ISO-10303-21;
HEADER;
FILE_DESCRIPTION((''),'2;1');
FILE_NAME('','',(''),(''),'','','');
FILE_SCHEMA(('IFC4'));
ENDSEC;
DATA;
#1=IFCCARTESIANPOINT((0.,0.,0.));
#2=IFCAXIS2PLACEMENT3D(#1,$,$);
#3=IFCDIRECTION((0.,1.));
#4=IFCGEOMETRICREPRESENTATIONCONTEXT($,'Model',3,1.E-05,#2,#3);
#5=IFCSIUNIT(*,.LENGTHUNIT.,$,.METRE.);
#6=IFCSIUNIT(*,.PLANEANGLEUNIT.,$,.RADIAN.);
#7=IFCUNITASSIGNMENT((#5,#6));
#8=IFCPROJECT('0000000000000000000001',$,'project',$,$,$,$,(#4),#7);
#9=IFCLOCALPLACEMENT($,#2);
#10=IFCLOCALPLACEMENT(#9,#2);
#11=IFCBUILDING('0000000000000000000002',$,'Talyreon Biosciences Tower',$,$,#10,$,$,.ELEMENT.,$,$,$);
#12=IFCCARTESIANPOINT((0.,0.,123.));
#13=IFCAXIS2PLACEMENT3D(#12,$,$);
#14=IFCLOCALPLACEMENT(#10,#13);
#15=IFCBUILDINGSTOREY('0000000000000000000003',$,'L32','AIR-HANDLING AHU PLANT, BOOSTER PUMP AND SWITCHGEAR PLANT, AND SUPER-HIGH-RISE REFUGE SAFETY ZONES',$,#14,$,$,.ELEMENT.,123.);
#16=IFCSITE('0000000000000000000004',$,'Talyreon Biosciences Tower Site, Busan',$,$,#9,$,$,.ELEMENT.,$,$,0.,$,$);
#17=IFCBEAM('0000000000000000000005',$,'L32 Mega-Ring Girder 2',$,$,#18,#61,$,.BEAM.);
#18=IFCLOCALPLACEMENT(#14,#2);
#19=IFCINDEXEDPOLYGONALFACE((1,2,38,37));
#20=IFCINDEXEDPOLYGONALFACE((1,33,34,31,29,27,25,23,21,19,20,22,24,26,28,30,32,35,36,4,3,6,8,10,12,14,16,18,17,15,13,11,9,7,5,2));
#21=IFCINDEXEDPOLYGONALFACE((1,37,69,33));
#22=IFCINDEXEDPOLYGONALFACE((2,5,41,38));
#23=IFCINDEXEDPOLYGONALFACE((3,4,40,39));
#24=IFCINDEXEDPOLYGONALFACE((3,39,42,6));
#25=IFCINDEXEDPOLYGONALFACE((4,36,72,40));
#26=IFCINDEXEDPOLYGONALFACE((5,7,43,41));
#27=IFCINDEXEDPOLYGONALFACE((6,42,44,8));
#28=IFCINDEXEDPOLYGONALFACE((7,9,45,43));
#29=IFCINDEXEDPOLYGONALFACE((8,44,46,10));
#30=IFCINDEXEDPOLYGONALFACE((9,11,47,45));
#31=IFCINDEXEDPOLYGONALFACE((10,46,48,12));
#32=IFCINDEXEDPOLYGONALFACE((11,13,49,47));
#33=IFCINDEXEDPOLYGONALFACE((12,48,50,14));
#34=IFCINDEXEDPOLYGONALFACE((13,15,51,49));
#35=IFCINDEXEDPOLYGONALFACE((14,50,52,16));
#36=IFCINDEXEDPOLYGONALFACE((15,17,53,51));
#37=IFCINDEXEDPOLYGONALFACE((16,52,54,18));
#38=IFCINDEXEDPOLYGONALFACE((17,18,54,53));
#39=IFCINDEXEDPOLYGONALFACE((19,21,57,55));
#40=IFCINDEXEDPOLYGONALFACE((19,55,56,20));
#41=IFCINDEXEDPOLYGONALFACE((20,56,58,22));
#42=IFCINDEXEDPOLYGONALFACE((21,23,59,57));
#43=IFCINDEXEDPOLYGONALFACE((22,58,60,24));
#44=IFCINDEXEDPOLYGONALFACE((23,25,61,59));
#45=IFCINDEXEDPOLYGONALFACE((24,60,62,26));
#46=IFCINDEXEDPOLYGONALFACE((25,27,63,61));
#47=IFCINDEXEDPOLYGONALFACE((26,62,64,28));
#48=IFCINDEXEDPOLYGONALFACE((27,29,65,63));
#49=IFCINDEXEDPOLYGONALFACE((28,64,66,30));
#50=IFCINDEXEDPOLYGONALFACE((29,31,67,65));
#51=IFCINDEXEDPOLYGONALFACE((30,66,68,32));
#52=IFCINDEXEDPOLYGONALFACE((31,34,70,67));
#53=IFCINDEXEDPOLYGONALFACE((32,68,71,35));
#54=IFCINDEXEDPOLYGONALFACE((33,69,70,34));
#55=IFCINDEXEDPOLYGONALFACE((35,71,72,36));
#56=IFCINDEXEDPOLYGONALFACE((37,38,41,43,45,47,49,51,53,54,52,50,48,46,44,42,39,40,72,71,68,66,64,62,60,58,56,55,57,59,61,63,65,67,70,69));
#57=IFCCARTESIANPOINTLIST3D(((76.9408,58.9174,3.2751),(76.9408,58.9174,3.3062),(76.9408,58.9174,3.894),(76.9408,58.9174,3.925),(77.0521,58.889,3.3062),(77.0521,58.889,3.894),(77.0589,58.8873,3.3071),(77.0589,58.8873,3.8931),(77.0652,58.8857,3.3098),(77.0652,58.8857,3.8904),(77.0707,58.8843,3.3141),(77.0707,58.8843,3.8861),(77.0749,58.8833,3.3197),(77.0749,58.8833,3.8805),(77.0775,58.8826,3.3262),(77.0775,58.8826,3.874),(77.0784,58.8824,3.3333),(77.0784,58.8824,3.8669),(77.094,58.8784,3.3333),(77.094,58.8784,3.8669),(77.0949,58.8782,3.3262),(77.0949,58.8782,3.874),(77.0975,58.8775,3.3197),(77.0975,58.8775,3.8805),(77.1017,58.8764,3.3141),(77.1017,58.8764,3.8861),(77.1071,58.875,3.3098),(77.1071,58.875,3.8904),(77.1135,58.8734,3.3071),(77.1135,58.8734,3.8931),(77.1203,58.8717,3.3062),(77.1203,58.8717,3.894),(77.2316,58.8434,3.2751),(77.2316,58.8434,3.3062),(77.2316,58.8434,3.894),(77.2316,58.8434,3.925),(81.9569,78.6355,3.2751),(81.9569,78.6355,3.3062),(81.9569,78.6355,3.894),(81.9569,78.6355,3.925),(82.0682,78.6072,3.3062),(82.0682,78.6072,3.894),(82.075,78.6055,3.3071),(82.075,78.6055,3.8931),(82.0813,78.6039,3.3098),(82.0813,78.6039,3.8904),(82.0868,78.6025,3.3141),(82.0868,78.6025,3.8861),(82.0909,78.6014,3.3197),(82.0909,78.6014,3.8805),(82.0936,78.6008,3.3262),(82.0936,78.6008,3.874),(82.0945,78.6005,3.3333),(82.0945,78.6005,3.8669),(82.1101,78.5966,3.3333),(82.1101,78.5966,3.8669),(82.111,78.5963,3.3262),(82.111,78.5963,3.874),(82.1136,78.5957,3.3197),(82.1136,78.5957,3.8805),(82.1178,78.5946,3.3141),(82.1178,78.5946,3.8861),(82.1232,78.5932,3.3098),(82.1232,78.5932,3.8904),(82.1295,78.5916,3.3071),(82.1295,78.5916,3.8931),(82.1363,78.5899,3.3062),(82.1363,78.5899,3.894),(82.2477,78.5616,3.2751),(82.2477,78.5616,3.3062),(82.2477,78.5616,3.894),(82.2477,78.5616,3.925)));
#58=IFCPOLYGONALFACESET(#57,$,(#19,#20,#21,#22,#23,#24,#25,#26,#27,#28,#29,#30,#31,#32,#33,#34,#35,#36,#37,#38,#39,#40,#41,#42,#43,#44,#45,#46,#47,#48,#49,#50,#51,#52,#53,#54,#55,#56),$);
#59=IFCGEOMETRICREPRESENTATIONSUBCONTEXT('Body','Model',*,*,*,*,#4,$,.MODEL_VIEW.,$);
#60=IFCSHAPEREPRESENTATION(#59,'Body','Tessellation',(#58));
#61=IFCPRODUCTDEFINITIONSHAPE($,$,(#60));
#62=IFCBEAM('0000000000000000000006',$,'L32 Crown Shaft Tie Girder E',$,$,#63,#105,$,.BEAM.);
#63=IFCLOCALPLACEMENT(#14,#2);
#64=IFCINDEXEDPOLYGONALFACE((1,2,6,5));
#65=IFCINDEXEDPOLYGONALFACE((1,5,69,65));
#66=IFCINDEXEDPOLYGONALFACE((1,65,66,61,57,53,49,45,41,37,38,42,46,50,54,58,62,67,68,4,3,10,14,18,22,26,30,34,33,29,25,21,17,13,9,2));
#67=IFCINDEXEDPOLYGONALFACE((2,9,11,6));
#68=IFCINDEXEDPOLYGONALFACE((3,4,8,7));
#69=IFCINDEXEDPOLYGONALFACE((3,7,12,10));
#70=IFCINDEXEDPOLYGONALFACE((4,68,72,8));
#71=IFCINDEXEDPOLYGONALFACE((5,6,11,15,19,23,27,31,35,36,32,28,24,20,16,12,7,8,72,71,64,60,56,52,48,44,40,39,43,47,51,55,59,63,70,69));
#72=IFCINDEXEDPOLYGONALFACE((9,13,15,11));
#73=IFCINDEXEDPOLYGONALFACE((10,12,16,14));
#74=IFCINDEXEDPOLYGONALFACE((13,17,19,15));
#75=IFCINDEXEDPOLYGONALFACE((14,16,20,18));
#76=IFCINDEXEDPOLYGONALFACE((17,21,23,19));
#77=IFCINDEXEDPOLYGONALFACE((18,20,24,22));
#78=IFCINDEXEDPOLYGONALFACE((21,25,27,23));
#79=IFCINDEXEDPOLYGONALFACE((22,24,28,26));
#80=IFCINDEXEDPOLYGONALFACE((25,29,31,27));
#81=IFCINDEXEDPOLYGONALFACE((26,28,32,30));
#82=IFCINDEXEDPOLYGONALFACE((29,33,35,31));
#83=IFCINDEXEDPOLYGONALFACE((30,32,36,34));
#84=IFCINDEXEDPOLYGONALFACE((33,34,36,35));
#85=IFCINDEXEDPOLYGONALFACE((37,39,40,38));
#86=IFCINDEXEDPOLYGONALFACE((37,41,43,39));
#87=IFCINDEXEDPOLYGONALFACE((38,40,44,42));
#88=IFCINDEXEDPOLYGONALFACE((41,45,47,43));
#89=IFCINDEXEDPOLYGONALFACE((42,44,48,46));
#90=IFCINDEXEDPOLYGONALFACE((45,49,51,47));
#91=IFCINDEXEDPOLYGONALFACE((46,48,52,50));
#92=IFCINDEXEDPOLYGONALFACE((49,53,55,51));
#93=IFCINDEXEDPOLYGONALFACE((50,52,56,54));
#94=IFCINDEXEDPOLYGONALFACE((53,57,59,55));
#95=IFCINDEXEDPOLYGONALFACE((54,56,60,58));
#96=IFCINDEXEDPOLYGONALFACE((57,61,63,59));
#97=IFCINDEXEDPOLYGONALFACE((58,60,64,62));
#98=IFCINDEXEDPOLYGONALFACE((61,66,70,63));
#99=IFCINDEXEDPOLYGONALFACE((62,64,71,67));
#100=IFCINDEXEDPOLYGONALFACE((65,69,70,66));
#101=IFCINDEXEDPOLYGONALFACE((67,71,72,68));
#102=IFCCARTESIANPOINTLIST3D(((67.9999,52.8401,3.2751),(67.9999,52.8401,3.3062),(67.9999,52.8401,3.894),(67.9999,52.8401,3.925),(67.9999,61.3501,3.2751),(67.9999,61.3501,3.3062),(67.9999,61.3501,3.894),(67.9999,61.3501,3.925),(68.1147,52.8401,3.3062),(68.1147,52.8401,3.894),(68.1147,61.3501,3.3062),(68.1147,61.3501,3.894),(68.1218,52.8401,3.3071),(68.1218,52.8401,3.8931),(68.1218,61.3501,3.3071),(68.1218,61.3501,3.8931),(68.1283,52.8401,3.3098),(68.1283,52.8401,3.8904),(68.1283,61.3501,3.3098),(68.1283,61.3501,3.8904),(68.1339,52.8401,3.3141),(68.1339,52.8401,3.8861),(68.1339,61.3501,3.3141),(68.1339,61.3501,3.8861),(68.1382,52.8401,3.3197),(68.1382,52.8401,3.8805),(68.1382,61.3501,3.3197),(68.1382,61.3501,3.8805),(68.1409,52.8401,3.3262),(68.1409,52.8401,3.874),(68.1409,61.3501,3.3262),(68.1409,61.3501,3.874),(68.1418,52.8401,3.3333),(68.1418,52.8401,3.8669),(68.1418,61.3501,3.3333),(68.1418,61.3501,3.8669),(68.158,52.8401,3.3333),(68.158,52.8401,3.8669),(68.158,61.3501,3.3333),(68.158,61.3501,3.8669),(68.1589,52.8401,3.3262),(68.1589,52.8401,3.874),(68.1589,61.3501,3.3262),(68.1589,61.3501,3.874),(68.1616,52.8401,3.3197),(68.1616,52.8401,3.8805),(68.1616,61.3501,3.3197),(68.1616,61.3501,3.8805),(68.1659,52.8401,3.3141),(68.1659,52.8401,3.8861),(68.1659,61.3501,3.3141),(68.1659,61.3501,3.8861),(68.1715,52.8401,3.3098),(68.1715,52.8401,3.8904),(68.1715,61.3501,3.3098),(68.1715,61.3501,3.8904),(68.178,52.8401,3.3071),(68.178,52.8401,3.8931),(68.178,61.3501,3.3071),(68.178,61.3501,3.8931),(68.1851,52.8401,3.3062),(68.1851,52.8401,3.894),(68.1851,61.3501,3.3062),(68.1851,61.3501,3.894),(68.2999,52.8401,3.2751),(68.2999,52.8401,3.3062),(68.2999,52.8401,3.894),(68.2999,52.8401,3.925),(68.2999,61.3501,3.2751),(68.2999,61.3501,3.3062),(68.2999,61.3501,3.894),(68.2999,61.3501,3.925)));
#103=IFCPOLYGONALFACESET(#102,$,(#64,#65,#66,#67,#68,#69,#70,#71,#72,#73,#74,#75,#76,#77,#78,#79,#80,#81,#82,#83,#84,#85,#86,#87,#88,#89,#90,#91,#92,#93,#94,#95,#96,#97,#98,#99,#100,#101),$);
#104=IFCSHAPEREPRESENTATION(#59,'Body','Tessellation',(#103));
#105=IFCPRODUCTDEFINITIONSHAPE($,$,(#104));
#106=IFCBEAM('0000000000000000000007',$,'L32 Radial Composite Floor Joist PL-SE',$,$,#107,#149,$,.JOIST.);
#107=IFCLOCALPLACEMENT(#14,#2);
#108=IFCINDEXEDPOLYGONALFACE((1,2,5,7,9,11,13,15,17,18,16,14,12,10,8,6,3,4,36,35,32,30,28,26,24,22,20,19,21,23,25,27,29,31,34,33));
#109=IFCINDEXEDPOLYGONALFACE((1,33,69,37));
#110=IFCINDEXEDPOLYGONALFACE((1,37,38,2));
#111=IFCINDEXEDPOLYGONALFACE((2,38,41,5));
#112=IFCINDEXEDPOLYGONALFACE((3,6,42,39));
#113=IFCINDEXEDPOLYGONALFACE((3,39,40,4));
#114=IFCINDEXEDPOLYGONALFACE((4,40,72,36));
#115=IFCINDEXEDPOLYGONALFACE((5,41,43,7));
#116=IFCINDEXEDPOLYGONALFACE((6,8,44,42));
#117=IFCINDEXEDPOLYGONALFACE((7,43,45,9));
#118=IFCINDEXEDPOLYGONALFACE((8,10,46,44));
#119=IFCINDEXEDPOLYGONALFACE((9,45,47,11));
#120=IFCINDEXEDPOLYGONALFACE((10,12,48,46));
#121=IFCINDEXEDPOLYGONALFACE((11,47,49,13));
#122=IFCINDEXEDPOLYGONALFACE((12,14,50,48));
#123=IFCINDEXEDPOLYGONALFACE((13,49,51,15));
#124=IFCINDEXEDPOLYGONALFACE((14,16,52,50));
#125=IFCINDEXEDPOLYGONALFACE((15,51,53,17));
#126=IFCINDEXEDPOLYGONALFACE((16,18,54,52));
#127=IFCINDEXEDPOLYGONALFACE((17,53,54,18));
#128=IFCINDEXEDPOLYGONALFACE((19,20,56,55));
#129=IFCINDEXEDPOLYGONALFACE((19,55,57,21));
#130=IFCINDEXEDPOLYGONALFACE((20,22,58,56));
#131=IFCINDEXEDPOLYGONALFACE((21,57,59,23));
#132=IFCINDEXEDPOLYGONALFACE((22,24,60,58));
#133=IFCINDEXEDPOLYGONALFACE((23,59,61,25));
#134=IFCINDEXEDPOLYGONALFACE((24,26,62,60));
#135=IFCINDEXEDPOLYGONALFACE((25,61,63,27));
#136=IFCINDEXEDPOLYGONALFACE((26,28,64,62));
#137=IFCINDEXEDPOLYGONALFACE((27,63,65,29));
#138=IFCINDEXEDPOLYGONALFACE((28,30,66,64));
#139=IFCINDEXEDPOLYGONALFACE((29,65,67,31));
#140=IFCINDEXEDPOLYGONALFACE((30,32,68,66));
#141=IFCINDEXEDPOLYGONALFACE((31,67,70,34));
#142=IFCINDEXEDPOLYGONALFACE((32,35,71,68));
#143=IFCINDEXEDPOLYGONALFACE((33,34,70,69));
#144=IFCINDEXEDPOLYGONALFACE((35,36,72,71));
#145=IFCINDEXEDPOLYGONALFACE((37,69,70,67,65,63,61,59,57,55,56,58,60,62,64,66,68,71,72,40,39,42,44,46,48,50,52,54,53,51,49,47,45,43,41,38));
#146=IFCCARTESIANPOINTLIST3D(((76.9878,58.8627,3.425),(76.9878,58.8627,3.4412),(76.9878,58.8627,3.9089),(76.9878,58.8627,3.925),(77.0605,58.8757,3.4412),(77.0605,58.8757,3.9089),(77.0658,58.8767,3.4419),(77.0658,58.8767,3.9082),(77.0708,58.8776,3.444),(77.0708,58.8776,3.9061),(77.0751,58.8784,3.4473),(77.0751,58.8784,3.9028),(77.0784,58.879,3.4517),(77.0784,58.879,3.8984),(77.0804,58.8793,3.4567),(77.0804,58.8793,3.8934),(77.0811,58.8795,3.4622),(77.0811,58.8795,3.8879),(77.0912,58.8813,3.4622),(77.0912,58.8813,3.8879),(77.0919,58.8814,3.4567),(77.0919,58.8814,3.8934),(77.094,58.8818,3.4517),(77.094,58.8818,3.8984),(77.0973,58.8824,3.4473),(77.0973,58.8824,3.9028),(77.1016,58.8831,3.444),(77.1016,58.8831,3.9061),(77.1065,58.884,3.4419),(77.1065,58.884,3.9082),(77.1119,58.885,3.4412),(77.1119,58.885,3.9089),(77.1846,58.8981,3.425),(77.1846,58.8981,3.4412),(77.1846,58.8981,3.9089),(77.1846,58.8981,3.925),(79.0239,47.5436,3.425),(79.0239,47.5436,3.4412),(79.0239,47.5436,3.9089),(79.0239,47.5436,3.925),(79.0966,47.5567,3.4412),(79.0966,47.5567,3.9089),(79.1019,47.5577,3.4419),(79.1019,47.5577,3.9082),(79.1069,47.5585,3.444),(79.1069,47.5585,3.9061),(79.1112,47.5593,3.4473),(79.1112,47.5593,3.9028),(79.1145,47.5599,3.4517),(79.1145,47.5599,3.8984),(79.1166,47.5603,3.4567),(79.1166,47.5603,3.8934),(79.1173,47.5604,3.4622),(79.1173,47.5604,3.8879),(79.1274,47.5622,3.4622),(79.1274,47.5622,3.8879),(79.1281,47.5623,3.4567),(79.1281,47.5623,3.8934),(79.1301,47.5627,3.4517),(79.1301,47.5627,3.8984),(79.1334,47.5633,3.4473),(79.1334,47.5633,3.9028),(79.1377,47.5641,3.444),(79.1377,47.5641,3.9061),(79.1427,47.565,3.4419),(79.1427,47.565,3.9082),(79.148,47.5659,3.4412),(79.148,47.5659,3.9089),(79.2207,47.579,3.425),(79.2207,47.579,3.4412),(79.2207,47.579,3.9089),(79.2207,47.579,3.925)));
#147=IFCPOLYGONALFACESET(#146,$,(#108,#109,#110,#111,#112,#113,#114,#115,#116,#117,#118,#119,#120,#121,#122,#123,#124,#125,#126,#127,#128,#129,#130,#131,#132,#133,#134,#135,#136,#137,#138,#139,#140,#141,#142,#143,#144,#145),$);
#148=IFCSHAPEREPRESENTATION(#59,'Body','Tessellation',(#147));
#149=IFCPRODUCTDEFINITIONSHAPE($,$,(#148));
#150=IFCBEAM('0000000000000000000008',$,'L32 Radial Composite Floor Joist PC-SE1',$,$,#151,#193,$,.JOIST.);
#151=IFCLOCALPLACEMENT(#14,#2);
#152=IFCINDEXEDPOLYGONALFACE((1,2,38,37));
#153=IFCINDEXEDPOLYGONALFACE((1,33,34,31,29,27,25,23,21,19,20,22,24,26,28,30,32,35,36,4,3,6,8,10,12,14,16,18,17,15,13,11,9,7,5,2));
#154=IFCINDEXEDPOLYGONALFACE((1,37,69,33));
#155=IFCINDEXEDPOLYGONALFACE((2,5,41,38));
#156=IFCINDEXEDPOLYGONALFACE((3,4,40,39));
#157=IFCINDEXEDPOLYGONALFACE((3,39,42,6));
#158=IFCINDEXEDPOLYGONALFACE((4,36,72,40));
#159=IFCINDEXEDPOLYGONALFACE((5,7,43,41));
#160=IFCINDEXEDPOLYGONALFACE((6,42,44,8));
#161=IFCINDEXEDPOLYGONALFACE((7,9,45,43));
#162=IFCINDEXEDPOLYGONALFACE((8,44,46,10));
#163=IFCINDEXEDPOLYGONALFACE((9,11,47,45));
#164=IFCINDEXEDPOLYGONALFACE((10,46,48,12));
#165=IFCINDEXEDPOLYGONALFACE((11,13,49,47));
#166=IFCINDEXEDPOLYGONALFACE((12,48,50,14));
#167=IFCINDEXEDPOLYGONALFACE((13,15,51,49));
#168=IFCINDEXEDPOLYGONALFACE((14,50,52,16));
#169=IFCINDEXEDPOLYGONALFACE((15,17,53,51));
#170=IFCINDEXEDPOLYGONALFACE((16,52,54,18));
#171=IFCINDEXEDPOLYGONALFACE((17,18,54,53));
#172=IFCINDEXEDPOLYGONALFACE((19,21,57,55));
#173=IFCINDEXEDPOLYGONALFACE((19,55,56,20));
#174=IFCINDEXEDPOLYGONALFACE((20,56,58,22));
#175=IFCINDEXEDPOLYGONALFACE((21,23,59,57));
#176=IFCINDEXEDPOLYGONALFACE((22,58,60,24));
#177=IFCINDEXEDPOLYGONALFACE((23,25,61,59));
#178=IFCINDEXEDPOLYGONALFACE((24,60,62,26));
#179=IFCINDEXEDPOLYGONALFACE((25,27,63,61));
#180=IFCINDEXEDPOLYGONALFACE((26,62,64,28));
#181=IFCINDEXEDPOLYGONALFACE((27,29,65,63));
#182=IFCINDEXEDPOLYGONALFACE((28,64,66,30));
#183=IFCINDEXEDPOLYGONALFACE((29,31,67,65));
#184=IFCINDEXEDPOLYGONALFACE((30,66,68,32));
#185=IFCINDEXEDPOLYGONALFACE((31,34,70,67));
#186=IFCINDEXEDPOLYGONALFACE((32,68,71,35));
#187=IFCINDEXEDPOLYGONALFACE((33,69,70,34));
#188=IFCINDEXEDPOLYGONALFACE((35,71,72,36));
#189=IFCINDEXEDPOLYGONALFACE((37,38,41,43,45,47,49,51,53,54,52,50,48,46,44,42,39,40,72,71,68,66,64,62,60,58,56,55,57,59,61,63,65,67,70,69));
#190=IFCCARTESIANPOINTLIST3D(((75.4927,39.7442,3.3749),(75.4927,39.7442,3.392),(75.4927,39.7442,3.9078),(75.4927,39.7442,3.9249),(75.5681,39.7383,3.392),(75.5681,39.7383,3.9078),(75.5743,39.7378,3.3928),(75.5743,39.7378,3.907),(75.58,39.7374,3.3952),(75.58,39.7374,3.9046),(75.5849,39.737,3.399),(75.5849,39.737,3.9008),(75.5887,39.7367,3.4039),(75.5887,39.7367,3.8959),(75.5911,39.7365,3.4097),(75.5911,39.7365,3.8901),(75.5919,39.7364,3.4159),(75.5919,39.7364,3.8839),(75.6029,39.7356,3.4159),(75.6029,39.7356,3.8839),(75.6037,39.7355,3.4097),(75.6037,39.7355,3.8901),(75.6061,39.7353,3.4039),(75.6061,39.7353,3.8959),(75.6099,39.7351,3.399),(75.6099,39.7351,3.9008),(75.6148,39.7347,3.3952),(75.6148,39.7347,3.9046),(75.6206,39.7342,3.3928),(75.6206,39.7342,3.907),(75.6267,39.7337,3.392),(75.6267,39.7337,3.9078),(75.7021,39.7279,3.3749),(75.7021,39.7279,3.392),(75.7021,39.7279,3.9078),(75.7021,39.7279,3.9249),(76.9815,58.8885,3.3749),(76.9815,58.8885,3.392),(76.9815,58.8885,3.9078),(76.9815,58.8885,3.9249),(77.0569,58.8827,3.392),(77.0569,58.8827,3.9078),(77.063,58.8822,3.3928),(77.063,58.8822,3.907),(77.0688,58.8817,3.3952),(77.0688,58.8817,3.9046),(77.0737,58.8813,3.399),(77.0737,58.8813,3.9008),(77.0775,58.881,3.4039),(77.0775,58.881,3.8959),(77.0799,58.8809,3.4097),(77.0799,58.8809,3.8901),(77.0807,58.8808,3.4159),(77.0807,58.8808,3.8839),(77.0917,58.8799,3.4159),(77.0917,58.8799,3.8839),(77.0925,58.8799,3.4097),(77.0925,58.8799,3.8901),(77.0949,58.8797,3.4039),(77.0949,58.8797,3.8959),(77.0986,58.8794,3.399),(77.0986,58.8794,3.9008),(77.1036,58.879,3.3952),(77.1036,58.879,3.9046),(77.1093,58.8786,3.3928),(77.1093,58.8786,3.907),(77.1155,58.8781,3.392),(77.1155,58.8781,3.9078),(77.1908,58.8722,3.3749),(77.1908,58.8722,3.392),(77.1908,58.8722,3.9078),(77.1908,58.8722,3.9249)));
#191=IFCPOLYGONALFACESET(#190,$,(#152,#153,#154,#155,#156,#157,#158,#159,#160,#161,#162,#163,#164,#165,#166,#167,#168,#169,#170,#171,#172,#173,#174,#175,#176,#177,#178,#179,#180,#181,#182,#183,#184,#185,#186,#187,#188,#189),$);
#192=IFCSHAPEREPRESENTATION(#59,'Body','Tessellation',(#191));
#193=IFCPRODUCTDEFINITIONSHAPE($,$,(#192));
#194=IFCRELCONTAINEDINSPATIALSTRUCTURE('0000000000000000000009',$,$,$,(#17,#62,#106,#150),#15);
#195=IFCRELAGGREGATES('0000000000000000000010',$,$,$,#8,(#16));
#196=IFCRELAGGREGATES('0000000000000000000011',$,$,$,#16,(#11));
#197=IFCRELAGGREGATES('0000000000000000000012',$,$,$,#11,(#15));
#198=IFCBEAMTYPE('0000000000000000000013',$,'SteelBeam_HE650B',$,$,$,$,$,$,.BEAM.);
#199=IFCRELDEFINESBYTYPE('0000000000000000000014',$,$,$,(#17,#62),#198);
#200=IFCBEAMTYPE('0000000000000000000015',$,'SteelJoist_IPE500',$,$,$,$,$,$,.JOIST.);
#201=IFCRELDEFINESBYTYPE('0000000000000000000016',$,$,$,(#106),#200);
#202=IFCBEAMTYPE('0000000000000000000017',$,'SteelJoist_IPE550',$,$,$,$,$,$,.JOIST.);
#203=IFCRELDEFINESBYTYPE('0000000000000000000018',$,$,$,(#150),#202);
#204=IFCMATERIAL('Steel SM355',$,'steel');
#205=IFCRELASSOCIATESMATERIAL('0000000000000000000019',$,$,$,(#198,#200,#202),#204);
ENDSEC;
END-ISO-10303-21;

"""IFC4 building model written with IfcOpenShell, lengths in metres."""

from ifc_helpers import new_model, si_unit, direction, frame, origin, origin_2d, place, context, subcontext, project, spatial, i_section, extrude, material, material_profile, profile_set, type_object, element, save


model = new_model("IFC4")

# Units and contexts
model_context = context("Model", 3, precision=1e-05, world=origin(), true_north=direction((0.0, 1.0)))
body_context = subcontext(model_context, "Body", "Model", "MODEL_VIEW")
ifc_project = project(units=[si_unit("LENGTHUNIT", "METRE"), si_unit("PLANEANGLEUNIT", "RADIAN")], contexts=[model_context])

# Site, building, storey
site_placement = place(None, origin())
site = spatial("IfcSite", under=ifc_project, at=site_placement, Name="Talyreon Biosciences Tower Site, Busan", CompositionType="ELEMENT", RefElevation=0.0)
building_placement = place(site_placement, origin())
building = spatial("IfcBuilding", under=site, at=building_placement, Name="Talyreon Biosciences Tower", CompositionType="ELEMENT")
storey_placement = place(building_placement, frame((0.0, 0.0, 123.0)))
storey = spatial("IfcBuildingStorey", under=building, at=storey_placement, Name="L32", Description="AIR-HANDLING AHU PLANT, BOOSTER PUMP AND SWITCHGEAR PLANT, AND SUPER-HIGH-RISE REFUGE SAFETY ZONES", CompositionType="ELEMENT", Elevation=123.0)

# Shared definitions
ifc_material_1 = material(Name="Steel SM355", Category="steel")

# Beams
ifc_material_profile_1 = material_profile(ifc_material_1, i_section(OverallWidth=0.3, OverallDepth=0.6499, WebThickness=0.0161, FlangeThickness=0.031, FilletRadius=0.0271, at=origin_2d()), Name="HE650B")
ifc_profile_set_1 = profile_set([ifc_material_profile_1], Name="Steel SM355")
beam_type_1 = type_object("IfcBeamType", Name="SteelBeam_HE650B", PredefinedType="BEAM", material=ifc_profile_set_1)
beam_1_placement = place(storey_placement, frame((77.0862, 58.8804, 3.6001), z_axis=(0.246537, 0.969133, 0.0), x_axis=(-0.969133, 0.246537, 0.0)))
element("IfcBeam", 1, at=beam_1_placement, inside=storey, type_object=beam_type_1, Name="L32 Mega-Ring Girder 2", PredefinedType="BEAM", context=body_context, shape_type="SweptSolid", body=[
    extrude(i_section(OverallWidth=0.3, OverallDepth=0.6499, WebThickness=0.0161, FlangeThickness=0.031, FilletRadius=0.0271, at=origin_2d()), origin(), (0.0, 0.0, 1.0), 20.3462),
])
beam_2_placement = place(storey_placement, frame((68.1499, 52.8401, 3.6001), z_axis=(0.0, 1.0, 0.0), x_axis=(-1.0, 0.0, 0.0)))
element("IfcBeam", 2, at=beam_2_placement, inside=storey, type_object=beam_type_1, Name="L32 Crown Shaft Tie Girder E", PredefinedType="BEAM", context=body_context, shape_type="SweptSolid", body=[
    extrude(i_section(OverallWidth=0.3, OverallDepth=0.6499, WebThickness=0.0161, FlangeThickness=0.031, FilletRadius=0.0271, at=origin_2d()), origin(), (0.0, 0.0, 1.0), 8.51),
])
ifc_material_profile_2 = material_profile(ifc_material_1, i_section(OverallWidth=0.2, OverallDepth=0.5, WebThickness=0.0103, FlangeThickness=0.0161, FilletRadius=0.021, at=origin_2d()), Name="IPE500")
ifc_profile_set_2 = profile_set([ifc_material_profile_2], Name="Steel SM355")
beam_type_2 = type_object("IfcBeamType", Name="SteelJoist_IPE500", PredefinedType="JOIST", material=ifc_profile_set_2)
beam_3_placement = place(storey_placement, frame((77.0862, 58.8804, 3.675), z_axis=(0.177043, -0.984203, 0.0), x_axis=(0.984203, 0.177043, 0.0)))
element("IfcBeam", 3, at=beam_3_placement, inside=storey, type_object=beam_type_2, Name="L32 Radial Composite Floor Joist PL-SE", PredefinedType="JOIST", context=body_context, shape_type="SweptSolid", body=[
    extrude(i_section(OverallWidth=0.2, OverallDepth=0.5, WebThickness=0.0103, FlangeThickness=0.0161, FilletRadius=0.021, at=origin_2d()), origin(), (0.0, 0.0, 1.0), 11.5007),
])
ifc_material_profile_3 = material_profile(ifc_material_1, i_section(OverallWidth=0.21, OverallDepth=0.55, WebThickness=0.011, FlangeThickness=0.0171, FilletRadius=0.0239, at=origin_2d()), Name="IPE550")
ifc_profile_set_3 = profile_set([ifc_material_profile_3], Name="Steel SM355")
beam_type_3 = type_object("IfcBeamType", Name="SteelJoist_IPE550", PredefinedType="JOIST", material=ifc_profile_set_3)
beam_4_placement = place(storey_placement, frame((77.0862, 58.8804, 3.6499), z_axis=(-0.077532, -0.99699, 0.0), x_axis=(0.99699, -0.077532, 0.0)))
element("IfcBeam", 4, at=beam_4_placement, inside=storey, type_object=beam_type_3, Name="L32 Radial Composite Floor Joist PC-SE1", PredefinedType="JOIST", context=body_context, shape_type="SweptSolid", body=[
    extrude(i_section(OverallWidth=0.21, OverallDepth=0.55, WebThickness=0.011, FlangeThickness=0.0171, FilletRadius=0.0239, at=origin_2d()), origin(), (0.0, 0.0, 1.0), 19.2021),
])

save(model, "model.ifc")
